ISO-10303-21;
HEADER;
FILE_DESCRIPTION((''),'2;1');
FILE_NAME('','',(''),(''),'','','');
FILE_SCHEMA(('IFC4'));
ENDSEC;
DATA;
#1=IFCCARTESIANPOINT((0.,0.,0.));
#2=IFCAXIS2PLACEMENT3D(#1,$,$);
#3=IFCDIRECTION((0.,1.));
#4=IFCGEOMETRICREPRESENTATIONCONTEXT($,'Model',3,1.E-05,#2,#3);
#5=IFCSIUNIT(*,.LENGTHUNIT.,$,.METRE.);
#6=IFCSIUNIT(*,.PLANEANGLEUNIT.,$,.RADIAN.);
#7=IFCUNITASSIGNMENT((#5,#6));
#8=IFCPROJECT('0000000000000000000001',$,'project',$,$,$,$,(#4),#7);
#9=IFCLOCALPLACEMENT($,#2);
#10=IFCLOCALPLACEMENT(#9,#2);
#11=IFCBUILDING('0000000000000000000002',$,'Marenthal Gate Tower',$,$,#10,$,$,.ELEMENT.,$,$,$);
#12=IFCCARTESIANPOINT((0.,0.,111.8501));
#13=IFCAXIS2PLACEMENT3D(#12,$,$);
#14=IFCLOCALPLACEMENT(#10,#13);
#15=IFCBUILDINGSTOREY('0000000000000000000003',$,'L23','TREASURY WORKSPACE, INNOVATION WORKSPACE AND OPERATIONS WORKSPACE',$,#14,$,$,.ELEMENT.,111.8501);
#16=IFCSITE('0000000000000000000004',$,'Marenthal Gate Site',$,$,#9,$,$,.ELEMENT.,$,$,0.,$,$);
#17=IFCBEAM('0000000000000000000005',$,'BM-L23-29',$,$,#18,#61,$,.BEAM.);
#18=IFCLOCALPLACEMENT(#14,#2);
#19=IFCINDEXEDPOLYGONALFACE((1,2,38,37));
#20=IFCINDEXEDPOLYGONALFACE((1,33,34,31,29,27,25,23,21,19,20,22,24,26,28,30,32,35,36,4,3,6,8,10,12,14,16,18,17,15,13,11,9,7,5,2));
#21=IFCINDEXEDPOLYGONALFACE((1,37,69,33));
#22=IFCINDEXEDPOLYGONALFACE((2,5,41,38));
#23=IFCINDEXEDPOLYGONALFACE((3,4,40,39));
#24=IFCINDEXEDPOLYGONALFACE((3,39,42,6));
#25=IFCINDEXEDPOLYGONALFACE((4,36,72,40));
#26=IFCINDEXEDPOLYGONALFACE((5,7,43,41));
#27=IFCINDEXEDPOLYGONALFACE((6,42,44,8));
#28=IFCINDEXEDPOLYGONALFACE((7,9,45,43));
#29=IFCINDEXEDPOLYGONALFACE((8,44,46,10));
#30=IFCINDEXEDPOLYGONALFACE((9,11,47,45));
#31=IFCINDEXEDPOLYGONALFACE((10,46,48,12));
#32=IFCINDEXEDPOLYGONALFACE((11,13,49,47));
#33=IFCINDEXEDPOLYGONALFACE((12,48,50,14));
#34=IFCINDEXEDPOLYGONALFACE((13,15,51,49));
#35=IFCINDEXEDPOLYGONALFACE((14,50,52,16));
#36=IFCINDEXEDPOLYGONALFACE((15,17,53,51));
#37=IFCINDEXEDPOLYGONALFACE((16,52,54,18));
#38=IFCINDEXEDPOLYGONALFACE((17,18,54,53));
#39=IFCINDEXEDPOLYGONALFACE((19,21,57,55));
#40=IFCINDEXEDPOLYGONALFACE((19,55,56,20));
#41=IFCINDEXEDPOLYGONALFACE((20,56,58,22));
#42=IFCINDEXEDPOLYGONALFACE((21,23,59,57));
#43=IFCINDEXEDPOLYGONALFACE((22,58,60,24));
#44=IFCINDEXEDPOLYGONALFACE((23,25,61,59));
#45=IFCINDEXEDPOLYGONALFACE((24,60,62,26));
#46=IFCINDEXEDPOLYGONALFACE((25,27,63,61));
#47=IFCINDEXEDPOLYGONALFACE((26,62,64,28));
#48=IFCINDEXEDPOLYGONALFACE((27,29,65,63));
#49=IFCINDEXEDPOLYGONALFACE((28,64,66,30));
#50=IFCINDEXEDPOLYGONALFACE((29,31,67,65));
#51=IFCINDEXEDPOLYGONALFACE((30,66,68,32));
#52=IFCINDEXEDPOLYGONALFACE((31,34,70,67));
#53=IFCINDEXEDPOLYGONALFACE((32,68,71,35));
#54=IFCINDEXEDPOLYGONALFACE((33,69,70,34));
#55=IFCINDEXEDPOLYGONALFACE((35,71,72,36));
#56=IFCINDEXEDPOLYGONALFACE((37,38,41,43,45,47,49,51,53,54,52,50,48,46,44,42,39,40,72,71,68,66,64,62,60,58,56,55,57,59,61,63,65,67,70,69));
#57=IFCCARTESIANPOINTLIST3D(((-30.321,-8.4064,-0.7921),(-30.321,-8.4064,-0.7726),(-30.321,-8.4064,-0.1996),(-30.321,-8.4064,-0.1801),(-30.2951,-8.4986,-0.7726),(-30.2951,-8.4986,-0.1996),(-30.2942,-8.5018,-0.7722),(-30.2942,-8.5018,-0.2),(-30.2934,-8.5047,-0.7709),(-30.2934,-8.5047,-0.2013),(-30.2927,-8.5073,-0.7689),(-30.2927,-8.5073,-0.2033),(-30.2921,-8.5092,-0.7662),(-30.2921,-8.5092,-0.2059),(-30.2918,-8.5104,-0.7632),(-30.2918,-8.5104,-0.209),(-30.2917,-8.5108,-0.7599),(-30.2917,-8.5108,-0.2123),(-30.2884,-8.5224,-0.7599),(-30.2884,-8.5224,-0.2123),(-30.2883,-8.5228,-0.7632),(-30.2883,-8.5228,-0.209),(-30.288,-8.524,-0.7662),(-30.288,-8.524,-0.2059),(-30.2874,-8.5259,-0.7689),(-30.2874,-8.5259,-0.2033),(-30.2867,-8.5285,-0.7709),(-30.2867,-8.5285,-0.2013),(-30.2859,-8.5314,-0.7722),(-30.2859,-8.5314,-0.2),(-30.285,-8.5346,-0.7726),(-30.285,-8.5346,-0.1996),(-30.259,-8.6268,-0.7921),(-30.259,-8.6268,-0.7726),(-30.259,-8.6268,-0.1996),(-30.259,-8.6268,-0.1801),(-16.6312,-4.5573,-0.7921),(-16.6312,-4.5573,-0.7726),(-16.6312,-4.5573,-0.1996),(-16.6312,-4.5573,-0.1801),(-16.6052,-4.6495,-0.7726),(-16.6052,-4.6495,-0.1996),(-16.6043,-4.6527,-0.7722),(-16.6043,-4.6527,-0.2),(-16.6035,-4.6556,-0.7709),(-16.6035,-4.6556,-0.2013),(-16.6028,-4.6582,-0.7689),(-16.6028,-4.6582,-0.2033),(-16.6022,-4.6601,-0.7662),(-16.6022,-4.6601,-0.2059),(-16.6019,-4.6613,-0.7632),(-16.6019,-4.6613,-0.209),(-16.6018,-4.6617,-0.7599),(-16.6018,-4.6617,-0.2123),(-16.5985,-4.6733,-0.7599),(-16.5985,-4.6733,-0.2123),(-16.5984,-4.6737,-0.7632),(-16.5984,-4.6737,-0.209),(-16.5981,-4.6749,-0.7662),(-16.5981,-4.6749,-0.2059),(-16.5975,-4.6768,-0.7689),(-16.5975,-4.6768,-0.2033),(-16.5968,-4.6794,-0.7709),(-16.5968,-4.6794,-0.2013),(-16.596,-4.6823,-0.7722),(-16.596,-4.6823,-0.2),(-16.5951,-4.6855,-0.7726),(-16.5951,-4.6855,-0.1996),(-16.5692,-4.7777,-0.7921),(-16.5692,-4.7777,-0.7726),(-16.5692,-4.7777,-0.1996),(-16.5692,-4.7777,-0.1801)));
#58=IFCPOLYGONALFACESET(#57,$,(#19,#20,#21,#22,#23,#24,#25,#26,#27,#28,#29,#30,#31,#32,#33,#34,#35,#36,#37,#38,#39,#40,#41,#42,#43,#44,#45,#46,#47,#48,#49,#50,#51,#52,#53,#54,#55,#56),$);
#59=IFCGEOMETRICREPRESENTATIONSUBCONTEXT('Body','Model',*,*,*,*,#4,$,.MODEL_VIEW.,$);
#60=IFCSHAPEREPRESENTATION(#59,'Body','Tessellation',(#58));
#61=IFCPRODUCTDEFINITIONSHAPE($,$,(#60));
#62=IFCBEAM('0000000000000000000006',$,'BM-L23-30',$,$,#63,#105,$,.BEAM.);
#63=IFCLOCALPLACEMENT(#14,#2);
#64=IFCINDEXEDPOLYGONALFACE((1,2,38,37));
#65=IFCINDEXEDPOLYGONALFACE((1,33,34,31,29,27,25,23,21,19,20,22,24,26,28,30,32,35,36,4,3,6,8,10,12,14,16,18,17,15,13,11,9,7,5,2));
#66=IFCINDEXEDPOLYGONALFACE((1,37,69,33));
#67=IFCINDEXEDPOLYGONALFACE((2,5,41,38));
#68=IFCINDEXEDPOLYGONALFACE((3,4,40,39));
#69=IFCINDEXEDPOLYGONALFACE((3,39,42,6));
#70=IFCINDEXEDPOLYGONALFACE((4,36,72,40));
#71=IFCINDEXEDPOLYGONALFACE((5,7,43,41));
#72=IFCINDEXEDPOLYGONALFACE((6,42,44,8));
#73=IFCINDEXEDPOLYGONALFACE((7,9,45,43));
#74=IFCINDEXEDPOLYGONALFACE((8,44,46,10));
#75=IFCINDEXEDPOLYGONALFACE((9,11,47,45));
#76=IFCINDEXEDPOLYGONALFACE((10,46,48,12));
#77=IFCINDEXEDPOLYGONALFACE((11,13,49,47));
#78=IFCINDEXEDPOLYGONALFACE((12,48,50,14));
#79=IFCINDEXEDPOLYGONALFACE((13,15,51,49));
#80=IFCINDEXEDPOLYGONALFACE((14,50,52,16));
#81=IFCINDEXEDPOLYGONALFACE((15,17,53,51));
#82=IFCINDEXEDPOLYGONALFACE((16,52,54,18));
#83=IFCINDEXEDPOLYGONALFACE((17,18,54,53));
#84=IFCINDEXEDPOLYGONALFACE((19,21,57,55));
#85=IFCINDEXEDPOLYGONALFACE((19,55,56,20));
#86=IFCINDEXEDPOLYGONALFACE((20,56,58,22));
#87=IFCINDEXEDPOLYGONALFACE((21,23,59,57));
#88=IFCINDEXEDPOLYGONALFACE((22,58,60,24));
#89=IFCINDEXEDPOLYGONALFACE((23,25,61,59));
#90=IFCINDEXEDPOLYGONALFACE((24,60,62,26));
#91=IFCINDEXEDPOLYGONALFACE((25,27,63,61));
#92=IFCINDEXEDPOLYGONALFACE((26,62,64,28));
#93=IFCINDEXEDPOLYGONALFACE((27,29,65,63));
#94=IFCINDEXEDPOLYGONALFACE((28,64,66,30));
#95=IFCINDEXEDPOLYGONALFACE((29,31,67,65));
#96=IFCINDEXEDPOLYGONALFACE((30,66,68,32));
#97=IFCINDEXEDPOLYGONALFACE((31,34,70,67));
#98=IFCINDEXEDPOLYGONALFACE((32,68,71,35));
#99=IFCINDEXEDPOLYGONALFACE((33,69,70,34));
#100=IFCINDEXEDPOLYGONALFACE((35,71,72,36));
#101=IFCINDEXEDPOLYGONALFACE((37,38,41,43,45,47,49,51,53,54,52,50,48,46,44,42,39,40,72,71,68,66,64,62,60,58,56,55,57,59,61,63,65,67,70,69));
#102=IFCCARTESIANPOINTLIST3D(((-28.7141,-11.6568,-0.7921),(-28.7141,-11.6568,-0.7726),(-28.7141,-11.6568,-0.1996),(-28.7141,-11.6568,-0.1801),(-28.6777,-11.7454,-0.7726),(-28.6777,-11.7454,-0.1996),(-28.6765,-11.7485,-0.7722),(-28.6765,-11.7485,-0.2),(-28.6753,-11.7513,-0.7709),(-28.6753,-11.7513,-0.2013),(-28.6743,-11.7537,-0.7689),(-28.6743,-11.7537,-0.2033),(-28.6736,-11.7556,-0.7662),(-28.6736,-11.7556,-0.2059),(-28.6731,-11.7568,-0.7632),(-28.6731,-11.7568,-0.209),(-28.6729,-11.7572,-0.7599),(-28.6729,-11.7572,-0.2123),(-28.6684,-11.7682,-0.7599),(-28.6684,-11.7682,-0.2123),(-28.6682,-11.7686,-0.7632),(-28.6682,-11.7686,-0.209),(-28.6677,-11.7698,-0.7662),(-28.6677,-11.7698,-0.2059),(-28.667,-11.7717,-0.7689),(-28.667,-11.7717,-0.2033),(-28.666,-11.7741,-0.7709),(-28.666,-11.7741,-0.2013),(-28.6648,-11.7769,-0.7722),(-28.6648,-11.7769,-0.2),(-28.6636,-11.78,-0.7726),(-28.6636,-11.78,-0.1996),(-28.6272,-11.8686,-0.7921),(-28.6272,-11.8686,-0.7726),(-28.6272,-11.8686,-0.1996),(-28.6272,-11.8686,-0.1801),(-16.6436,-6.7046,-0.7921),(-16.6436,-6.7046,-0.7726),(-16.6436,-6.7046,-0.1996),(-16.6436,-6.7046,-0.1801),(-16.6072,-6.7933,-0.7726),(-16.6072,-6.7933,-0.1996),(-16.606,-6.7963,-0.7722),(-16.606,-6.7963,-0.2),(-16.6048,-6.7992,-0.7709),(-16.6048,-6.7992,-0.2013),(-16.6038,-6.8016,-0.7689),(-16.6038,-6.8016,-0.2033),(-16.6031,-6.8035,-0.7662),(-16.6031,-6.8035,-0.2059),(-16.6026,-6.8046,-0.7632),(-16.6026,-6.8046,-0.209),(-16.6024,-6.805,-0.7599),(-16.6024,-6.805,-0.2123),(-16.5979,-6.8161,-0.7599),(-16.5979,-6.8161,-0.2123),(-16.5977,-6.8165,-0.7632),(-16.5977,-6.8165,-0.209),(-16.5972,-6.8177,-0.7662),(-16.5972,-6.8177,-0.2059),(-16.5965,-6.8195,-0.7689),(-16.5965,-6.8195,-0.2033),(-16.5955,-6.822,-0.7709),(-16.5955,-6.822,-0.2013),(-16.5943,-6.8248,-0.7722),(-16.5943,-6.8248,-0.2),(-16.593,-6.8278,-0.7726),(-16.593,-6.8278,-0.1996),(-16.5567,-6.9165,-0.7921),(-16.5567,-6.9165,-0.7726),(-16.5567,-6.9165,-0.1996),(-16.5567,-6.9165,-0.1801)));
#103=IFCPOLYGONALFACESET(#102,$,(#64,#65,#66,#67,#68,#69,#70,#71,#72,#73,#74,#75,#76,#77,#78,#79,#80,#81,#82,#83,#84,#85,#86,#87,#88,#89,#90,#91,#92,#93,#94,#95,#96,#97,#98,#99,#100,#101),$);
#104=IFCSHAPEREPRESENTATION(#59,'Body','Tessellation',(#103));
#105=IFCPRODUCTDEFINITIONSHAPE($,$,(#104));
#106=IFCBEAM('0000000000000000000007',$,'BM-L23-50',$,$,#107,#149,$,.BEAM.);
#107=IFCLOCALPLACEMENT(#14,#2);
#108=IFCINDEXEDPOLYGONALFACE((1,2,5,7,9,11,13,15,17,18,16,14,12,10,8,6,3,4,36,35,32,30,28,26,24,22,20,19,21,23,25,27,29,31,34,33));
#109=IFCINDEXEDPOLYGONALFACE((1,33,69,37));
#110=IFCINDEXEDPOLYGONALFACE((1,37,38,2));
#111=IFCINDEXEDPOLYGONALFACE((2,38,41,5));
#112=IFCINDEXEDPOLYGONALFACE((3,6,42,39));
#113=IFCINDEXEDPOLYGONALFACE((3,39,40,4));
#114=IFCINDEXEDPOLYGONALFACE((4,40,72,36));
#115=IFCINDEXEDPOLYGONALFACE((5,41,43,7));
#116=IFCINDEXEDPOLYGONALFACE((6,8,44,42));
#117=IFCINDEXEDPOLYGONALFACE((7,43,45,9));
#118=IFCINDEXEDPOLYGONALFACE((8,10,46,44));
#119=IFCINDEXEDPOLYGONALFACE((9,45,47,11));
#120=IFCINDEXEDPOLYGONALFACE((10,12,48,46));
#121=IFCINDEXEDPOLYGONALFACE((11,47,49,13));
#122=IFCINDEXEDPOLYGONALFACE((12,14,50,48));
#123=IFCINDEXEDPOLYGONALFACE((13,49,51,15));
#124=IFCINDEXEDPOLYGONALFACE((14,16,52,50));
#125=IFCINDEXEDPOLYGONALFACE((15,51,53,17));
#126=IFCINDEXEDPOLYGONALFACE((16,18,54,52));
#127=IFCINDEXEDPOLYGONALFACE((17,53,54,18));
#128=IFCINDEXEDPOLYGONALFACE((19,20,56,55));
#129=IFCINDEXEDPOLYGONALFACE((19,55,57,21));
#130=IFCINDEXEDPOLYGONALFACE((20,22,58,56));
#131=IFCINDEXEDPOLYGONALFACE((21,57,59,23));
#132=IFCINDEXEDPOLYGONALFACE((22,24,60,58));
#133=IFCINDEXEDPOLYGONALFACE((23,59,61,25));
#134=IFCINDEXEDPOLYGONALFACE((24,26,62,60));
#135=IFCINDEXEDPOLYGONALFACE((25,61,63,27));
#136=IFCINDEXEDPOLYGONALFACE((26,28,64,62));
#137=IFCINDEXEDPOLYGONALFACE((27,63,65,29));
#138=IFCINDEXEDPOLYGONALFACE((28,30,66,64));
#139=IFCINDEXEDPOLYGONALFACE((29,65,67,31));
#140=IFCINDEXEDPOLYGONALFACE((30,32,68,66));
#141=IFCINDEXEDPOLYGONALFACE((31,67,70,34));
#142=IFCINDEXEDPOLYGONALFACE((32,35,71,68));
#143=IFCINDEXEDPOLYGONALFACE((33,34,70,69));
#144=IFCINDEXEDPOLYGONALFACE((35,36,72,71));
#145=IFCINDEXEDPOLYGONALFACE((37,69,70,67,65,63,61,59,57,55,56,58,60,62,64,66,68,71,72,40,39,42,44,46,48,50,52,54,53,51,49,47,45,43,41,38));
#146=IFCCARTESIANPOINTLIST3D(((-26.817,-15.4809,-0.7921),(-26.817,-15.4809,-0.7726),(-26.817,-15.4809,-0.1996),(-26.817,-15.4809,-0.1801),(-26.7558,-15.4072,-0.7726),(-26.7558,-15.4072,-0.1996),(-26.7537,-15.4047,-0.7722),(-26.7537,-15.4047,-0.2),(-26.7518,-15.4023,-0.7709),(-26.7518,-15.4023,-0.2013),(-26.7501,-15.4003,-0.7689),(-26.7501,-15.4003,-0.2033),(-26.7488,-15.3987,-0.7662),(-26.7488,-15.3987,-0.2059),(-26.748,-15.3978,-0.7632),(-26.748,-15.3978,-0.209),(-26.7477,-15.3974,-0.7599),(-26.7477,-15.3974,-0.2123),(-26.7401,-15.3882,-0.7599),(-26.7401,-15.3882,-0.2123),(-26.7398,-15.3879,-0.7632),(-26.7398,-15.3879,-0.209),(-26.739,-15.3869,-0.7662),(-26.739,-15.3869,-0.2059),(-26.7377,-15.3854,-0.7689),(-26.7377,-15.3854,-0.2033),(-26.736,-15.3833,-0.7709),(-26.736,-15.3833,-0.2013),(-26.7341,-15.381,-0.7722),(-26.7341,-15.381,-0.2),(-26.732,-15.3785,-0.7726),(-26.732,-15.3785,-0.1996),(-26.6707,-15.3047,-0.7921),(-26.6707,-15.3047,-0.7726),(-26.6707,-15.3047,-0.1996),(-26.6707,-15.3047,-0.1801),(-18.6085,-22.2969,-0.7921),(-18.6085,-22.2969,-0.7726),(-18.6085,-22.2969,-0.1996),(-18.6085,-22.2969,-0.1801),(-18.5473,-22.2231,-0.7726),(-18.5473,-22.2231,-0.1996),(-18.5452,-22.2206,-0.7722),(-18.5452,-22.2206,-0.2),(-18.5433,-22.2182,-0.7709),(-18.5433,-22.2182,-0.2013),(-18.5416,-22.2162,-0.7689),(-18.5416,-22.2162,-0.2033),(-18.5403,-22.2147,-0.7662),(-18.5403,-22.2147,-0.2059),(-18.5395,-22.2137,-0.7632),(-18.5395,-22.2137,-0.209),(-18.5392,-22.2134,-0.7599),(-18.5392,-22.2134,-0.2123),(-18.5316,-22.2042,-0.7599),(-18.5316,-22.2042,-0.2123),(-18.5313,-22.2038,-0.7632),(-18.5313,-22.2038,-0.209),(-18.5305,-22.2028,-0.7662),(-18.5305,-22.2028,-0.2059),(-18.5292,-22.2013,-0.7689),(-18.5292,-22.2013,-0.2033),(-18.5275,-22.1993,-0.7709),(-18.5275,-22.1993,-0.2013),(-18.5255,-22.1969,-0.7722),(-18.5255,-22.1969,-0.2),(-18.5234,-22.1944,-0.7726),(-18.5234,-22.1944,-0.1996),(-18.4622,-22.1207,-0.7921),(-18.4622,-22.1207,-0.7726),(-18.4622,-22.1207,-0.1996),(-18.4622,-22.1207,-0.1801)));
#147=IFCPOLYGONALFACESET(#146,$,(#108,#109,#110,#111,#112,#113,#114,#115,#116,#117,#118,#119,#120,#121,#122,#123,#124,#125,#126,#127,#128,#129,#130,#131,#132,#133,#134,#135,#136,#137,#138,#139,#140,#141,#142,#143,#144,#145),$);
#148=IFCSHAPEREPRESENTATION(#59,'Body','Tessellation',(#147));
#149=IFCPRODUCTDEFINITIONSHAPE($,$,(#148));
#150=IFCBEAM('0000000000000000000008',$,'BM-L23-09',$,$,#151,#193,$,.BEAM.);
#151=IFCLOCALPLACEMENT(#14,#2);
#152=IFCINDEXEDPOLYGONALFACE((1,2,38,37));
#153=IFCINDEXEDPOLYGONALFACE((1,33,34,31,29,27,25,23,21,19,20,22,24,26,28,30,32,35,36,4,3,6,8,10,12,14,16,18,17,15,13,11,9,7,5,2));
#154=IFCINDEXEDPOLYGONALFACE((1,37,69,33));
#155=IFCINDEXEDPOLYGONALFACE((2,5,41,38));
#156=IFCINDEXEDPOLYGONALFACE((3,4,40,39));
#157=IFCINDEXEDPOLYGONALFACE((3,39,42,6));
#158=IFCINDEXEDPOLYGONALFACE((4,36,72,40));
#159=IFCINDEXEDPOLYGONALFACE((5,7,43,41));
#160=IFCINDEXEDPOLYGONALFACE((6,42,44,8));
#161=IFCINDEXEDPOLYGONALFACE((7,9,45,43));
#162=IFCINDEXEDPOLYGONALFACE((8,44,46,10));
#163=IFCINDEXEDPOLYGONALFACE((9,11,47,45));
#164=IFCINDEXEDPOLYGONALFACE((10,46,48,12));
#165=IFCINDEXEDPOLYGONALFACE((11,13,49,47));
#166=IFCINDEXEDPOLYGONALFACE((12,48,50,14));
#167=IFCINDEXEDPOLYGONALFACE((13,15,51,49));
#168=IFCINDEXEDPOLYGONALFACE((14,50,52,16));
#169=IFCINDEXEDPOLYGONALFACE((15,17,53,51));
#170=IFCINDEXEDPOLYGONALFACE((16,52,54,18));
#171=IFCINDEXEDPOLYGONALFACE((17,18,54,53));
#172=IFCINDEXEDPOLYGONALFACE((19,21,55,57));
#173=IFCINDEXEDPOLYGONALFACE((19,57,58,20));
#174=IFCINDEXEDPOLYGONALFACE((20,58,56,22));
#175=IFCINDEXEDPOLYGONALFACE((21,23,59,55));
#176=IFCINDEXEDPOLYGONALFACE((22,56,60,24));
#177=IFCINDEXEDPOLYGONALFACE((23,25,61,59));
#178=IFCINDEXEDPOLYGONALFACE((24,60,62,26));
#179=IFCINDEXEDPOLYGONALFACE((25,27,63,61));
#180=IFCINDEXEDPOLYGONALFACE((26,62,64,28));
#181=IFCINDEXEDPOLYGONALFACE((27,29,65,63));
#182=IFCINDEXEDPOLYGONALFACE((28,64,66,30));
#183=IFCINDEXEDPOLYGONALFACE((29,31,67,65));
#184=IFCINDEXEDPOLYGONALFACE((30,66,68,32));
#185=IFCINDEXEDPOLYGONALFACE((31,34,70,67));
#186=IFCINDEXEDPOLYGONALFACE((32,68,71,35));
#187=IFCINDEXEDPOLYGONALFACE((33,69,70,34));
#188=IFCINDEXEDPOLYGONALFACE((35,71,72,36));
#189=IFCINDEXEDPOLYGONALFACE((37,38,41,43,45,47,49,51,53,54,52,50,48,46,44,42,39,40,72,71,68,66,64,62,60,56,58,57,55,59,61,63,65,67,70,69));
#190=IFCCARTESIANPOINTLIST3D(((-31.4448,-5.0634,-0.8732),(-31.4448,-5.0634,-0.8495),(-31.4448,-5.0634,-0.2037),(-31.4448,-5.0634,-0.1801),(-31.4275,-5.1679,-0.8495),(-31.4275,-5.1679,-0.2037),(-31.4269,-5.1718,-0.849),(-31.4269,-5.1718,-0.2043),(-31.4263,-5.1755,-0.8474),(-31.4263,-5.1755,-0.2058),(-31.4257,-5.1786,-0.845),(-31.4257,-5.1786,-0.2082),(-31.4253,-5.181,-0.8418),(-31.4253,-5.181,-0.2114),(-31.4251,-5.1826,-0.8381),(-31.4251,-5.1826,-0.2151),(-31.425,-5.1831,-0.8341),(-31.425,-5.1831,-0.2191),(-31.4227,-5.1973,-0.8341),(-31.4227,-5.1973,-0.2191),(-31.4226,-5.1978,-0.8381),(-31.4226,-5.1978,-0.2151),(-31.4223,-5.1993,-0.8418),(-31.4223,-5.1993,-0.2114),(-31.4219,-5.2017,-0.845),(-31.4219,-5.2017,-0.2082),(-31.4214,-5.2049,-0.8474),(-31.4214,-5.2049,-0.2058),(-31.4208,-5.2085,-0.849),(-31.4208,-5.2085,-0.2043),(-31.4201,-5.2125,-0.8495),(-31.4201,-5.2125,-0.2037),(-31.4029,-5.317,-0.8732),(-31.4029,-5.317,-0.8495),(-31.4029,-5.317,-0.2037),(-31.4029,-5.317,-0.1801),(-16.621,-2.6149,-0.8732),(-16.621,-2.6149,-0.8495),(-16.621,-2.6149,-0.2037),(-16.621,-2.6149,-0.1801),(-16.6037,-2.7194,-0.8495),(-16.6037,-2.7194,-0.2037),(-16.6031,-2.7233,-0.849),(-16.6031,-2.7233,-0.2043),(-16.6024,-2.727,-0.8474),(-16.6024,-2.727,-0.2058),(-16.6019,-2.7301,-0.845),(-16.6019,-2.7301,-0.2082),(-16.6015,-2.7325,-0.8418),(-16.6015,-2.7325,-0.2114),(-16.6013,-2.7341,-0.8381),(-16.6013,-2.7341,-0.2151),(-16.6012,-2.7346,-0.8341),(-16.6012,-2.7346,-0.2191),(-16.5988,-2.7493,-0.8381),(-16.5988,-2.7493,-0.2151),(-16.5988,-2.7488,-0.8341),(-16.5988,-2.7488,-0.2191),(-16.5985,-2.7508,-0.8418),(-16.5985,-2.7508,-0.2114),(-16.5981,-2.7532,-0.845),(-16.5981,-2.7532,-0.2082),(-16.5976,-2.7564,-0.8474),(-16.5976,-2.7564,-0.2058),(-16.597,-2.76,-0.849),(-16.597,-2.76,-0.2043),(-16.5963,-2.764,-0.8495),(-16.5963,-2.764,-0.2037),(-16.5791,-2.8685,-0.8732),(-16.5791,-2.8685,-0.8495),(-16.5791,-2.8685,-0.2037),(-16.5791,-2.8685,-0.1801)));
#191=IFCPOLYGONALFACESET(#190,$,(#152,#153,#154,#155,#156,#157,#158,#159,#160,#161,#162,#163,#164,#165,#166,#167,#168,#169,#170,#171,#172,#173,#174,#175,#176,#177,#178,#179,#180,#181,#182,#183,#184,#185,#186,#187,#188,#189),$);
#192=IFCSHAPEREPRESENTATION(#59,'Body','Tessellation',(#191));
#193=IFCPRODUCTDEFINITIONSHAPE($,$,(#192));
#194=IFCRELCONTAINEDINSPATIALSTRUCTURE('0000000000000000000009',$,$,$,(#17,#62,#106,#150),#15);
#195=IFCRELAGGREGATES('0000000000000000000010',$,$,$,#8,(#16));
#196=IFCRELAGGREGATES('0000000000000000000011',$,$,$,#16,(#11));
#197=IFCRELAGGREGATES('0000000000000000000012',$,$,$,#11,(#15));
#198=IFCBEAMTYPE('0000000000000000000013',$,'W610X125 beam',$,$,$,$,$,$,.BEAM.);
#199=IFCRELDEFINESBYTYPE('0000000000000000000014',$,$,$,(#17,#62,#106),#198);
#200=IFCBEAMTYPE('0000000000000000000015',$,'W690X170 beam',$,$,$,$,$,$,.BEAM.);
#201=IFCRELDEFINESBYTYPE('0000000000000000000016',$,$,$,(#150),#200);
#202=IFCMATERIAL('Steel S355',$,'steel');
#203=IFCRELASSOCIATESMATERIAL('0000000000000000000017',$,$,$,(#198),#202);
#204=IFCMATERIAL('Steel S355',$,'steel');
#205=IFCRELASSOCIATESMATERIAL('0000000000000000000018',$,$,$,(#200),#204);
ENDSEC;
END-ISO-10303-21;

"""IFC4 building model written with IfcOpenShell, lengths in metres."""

from ifc_helpers import new_model, si_unit, direction, frame, origin, origin_2d, place, context, subcontext, project, spatial, i_section, extrude, material, material_profile, profile_set, type_object, element, save


model = new_model("IFC4")

# Units and contexts
model_context = context("Model", 3, precision=1e-05, world=origin(), true_north=direction((0.0, 1.0)))
body_context = subcontext(model_context, "Body", "Model", "MODEL_VIEW")
ifc_project = project(units=[si_unit("LENGTHUNIT", "METRE"), si_unit("PLANEANGLEUNIT", "RADIAN")], contexts=[model_context])

# Site, building, storey
site_placement = place(None, origin())
site = spatial("IfcSite", under=ifc_project, at=site_placement, Name="Marenthal Gate Site", CompositionType="ELEMENT", RefElevation=0.0)
building_placement = place(site_placement, origin())
building = spatial("IfcBuilding", under=site, at=building_placement, Name="Marenthal Gate Tower", CompositionType="ELEMENT")
storey_placement = place(building_placement, frame((0.0, 0.0, 111.8501)))
storey = spatial("IfcBuildingStorey", under=building, at=storey_placement, Name="L23", Description="TREASURY WORKSPACE, INNOVATION WORKSPACE AND OPERATIONS WORKSPACE", CompositionType="ELEMENT", Elevation=111.8501)

# Beams
ifc_material_1 = material(Name="Steel S355", Category="steel")
ifc_material_profile_1 = material_profile(ifc_material_1, i_section(OverallWidth=0.229, OverallDepth=0.6121, WebThickness=0.012, FlangeThickness=0.0195, FilletRadius=0.0127, at=origin_2d()), Name="W610X125")
ifc_profile_set_1 = profile_set([ifc_material_profile_1], Name="Steel S355")
beam_type_1 = type_object("IfcBeamType", Name="W610X125 beam", PredefinedType="BEAM", material=ifc_profile_set_1)
beam_1_placement = place(storey_placement, frame((-30.29, -8.5166, -0.4861), z_axis=(0.962672, 0.270669, 0.0), x_axis=(-0.270669, 0.962672, 0.0)))
element("IfcBeam", 1, at=beam_1_placement, inside=storey, type_object=beam_type_1, Name="BM-L23-29", PredefinedType="BEAM", context=body_context, shape_type="SweptSolid", body=[
    extrude(i_section(OverallWidth=0.229, OverallDepth=0.6121, WebThickness=0.012, FlangeThickness=0.0195, FilletRadius=0.0127, at=origin_2d()), origin(), (0.0, 0.0, 1.0), 14.2207),
])
beam_2_placement = place(storey_placement, frame((-28.6707, -11.7627, -0.4861), z_axis=(0.925165, 0.379565, 0.0), x_axis=(-0.379565, 0.925165, 0.0)))
element("IfcBeam", 2, at=beam_2_placement, inside=storey, type_object=beam_type_1, Name="BM-L23-30", PredefinedType="BEAM", context=body_context, shape_type="SweptSolid", body=[
    extrude(i_section(OverallWidth=0.229, OverallDepth=0.6121, WebThickness=0.012, FlangeThickness=0.0195, FilletRadius=0.0127, at=origin_2d()), origin(), (0.0, 0.0, 1.0), 13.0469),
])
beam_3_placement = place(storey_placement, frame((-26.7439, -15.3928, -0.4861), z_axis=(0.769349, -0.638828, 0.0), x_axis=(0.638828, 0.769349, 0.0)))
element("IfcBeam", 3, at=beam_3_placement, inside=storey, type_object=beam_type_1, Name="BM-L23-50", PredefinedType="BEAM", context=body_context, shape_type="SweptSolid", body=[
    extrude(i_section(OverallWidth=0.229, OverallDepth=0.6121, WebThickness=0.012, FlangeThickness=0.0195, FilletRadius=0.0127, at=origin_2d()), origin(), (0.0, 0.0, 1.0), 10.6694),
])
ifc_material_2 = material(Name="Steel S355", Category="steel")
ifc_material_profile_2 = material_profile(ifc_material_2, i_section(OverallWidth=0.2571, OverallDepth=0.6931, WebThickness=0.0144, FlangeThickness=0.0237, FilletRadius=0.0154, at=origin_2d()), Name="W690X170")
ifc_profile_set_2 = profile_set([ifc_material_profile_2], Name="Steel S355")
beam_type_2 = type_object("IfcBeamType", Name="W690X170 beam", PredefinedType="BEAM", material=ifc_profile_set_2)
beam_4_placement = place(storey_placement, frame((-31.4238, -5.1902, -0.5266), z_axis=(0.986632, 0.162965, 0.0), x_axis=(-0.162965, 0.986632, 0.0)))
element("IfcBeam", 4, at=beam_4_placement, inside=storey, type_object=beam_type_2, Name="BM-L23-09", PredefinedType="BEAM", context=body_context, shape_type="SweptSolid", body=[
    extrude(i_section(OverallWidth=0.2571, OverallDepth=0.6931, WebThickness=0.0144, FlangeThickness=0.0237, FilletRadius=0.0154, at=origin_2d()), origin(), (0.0, 0.0, 1.0), 15.0247),
])

save(model, "model.ifc")
